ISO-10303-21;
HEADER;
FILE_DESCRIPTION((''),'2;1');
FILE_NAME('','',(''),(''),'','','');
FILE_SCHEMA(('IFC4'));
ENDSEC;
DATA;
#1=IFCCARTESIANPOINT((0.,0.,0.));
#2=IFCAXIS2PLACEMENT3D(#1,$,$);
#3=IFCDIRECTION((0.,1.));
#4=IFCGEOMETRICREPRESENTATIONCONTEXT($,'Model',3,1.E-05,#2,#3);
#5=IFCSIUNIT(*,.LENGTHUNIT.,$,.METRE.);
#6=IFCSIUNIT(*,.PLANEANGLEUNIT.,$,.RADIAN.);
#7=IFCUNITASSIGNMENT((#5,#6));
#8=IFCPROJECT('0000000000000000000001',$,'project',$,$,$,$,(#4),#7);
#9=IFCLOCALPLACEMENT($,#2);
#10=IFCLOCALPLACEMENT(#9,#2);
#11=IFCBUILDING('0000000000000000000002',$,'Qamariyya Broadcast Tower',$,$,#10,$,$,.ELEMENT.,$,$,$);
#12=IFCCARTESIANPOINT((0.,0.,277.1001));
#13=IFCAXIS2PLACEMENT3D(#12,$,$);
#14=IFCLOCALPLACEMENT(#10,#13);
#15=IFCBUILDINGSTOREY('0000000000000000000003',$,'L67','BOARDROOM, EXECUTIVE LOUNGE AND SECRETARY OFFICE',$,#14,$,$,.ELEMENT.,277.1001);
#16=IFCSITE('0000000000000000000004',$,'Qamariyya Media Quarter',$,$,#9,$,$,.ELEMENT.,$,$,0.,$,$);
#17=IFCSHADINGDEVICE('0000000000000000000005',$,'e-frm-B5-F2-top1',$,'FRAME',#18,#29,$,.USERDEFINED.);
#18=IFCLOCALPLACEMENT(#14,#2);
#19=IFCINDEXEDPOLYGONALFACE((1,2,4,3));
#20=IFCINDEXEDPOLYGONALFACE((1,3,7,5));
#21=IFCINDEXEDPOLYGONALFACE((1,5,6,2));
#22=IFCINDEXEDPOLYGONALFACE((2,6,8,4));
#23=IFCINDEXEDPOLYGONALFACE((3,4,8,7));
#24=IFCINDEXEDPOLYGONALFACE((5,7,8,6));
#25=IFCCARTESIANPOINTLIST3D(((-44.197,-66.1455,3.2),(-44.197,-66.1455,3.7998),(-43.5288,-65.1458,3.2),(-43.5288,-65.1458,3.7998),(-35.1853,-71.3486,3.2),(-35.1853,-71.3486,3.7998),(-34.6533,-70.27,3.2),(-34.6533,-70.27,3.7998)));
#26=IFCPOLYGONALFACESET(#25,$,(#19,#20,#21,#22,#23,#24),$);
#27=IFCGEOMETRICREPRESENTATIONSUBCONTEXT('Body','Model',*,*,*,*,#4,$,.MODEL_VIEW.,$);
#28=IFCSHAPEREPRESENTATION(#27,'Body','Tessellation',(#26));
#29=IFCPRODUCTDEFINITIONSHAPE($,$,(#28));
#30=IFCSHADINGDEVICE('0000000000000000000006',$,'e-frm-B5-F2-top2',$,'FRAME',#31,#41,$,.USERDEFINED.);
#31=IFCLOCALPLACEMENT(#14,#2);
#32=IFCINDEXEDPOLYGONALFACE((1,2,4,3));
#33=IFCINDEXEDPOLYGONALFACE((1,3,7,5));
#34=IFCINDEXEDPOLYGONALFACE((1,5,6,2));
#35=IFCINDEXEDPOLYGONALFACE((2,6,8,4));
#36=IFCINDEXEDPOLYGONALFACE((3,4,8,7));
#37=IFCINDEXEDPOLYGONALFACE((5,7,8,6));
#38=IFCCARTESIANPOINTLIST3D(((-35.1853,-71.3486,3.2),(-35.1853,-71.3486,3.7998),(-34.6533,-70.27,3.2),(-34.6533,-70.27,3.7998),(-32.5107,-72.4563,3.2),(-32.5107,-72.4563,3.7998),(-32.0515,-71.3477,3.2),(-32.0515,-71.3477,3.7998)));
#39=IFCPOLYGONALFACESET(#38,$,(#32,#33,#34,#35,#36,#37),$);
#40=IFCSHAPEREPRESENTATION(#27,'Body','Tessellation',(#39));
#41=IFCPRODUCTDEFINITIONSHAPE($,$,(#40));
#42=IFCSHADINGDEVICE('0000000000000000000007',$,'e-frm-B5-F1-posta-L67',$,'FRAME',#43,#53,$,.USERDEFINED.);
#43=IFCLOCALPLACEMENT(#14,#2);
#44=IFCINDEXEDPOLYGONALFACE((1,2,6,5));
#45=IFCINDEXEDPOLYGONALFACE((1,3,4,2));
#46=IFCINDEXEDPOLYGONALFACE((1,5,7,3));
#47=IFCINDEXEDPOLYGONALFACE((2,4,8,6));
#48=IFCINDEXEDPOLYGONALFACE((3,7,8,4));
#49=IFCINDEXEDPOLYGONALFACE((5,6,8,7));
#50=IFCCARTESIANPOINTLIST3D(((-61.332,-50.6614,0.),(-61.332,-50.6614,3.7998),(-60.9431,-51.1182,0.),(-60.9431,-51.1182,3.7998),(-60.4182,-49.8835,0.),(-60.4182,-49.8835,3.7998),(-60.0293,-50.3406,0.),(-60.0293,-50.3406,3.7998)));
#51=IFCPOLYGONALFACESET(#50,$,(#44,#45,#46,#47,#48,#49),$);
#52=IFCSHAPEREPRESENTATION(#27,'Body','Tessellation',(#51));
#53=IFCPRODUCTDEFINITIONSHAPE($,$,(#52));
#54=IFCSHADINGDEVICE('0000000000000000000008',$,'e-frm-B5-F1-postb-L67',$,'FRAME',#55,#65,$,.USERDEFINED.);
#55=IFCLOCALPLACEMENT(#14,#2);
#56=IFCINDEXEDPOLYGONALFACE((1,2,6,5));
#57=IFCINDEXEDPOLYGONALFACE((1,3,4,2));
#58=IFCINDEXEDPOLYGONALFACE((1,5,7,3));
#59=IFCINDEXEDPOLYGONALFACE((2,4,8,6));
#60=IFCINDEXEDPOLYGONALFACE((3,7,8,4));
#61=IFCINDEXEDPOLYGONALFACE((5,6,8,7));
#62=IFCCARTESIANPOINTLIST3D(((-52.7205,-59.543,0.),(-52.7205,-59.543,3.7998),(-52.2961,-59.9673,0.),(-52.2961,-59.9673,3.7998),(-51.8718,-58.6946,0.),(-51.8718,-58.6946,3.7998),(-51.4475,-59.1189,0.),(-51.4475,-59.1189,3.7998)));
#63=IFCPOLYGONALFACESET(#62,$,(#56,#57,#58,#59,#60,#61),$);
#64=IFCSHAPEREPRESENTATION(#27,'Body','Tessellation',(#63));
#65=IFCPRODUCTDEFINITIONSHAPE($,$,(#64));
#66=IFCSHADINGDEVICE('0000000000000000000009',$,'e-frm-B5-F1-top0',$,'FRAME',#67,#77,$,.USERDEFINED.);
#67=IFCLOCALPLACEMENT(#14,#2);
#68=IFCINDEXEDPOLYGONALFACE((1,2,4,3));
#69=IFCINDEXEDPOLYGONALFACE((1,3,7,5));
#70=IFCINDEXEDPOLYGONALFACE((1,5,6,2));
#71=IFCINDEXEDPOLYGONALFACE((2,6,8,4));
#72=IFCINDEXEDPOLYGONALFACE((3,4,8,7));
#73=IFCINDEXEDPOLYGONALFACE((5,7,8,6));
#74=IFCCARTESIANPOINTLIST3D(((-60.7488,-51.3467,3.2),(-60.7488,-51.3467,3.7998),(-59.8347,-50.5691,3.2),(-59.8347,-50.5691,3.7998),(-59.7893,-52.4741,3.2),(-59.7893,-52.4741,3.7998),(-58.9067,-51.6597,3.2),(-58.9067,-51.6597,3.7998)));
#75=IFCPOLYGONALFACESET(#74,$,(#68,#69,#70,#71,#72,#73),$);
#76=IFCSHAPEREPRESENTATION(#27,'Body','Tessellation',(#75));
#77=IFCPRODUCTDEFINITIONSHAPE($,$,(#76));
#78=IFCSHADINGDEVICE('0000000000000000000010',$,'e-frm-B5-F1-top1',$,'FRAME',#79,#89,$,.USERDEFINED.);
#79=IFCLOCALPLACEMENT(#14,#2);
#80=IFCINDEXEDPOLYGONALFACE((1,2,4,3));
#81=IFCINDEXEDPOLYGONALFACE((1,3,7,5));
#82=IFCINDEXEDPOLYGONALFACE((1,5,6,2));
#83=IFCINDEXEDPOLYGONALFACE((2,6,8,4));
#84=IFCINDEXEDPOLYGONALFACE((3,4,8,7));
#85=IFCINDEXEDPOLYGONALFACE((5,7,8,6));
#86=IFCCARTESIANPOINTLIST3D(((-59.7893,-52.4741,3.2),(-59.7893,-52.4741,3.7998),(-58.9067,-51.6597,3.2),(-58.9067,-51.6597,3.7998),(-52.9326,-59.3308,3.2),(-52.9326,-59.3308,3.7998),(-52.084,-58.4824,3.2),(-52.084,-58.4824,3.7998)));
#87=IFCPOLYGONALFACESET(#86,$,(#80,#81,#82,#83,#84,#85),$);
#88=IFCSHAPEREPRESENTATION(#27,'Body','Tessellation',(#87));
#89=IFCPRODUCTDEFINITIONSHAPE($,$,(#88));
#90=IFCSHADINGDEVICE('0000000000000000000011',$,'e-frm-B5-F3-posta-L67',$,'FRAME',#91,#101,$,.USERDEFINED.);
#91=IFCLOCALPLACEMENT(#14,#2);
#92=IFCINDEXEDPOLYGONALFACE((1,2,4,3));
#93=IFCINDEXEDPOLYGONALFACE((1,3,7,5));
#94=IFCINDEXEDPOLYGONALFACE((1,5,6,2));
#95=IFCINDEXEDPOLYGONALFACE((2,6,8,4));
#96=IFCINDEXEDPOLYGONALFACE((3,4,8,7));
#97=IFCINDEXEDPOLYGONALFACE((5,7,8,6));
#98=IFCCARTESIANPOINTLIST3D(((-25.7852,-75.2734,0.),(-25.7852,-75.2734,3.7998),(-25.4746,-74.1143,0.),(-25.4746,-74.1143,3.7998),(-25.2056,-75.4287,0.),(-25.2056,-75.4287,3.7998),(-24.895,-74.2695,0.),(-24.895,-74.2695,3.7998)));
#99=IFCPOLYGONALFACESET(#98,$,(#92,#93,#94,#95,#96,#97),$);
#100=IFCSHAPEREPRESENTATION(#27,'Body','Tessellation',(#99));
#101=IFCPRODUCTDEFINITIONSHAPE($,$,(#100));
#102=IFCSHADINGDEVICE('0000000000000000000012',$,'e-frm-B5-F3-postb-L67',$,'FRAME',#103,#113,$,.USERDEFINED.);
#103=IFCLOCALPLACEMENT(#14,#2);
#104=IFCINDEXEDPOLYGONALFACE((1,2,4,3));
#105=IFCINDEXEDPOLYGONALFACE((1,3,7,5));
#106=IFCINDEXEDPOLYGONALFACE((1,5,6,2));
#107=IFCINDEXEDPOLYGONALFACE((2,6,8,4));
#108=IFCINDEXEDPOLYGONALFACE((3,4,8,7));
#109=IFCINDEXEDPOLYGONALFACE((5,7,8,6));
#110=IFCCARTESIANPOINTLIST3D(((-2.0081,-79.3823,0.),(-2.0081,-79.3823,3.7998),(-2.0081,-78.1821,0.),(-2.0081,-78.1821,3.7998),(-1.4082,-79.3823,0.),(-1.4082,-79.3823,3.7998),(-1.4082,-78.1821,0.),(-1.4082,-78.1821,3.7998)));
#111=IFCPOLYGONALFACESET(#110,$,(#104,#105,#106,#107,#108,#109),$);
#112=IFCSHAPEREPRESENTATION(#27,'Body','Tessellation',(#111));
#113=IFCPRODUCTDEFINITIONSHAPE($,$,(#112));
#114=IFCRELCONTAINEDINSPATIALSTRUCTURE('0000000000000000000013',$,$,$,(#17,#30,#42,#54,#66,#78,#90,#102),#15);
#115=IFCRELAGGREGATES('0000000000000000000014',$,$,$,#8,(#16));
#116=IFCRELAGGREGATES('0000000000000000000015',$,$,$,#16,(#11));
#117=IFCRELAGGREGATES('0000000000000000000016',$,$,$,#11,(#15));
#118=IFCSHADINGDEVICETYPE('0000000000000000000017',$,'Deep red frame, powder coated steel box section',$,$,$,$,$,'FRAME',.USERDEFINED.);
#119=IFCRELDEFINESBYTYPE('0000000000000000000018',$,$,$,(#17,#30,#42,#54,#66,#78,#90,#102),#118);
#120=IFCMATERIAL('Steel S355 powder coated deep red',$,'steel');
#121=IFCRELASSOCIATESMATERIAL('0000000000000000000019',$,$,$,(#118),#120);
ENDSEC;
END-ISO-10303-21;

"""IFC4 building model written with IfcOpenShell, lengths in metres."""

from ifc_helpers import new_model, si_unit, direction, frame, origin, place, context, subcontext, project, spatial, polyline, outline, extrude, material, type_object, element, save


model = new_model("IFC4")

# Units and contexts
model_context = context("Model", 3, precision=1e-05, world=origin(), true_north=direction((0.0, 1.0)))
body_context = subcontext(model_context, "Body", "Model", "MODEL_VIEW")
ifc_project = project(units=[si_unit("LENGTHUNIT", "METRE"), si_unit("PLANEANGLEUNIT", "RADIAN")], contexts=[model_context])

# Site, building, storey
site_placement = place(None, origin())
building_placement = place(site_placement, origin())
storey_placement = place(building_placement, frame((0.0, 0.0, 277.1001)))
site = spatial("IfcSite", under=ifc_project, at=site_placement, Name="Qamariyya Media Quarter", CompositionType="ELEMENT", RefElevation=0.0)
building = spatial("IfcBuilding", under=site, at=building_placement, Name="Qamariyya Broadcast Tower", CompositionType="ELEMENT")
storey = spatial("IfcBuildingStorey", under=building, at=storey_placement, Name="L67", Description="BOARDROOM, EXECUTIVE LOUNGE AND SECRETARY OFFICE", CompositionType="ELEMENT", Elevation=277.1001)

# Shading devices
ifc_material_1 = material(Name="Steel S355 powder coated deep red", Category="steel")
shading_device_type = type_object("IfcShadingDeviceType", Name="Deep red frame, powder coated steel box section", ElementType="FRAME", PredefinedType="USERDEFINED", material=ifc_material_1)
shading_device_1_placement = place(storey_placement, frame((0.0, 0.0, 3.2)))
element("IfcShadingDevice", 1, at=shading_device_1_placement, inside=storey, type_object=shading_device_type, Name="e-frm-B5-F2-top1", ObjectType="FRAME", PredefinedType="USERDEFINED", context=body_context, shape_type="SweptSolid", body=[
    extrude(outline(polyline([(-43.5288, -65.1458), (-44.197, -66.1455), (-35.1853, -71.3486), (-34.6533, -70.27), (-43.5288, -65.1458)])), origin(), (0.0, 0.0, 1.0), 0.5999),
])
shading_device_2_placement = place(storey_placement, frame((0.0, 0.0, 3.2)))
element("IfcShadingDevice", 2, at=shading_device_2_placement, inside=storey, type_object=shading_device_type, Name="e-frm-B5-F2-top2", ObjectType="FRAME", PredefinedType="USERDEFINED", context=body_context, shape_type="SweptSolid", body=[
    extrude(outline(polyline([(-34.6533, -70.27), (-35.1853, -71.3486), (-32.5107, -72.4563), (-32.0515, -71.3477), (-34.6533, -70.27)])), origin(), (0.0, 0.0, 1.0), 0.5999),
])
shading_device_3_placement = place(storey_placement, origin())
element("IfcShadingDevice", 3, at=shading_device_3_placement, inside=storey, type_object=shading_device_type, Name="e-frm-B5-F1-posta-L67", ObjectType="FRAME", PredefinedType="USERDEFINED", context=body_context, shape_type="SweptSolid", body=[
    extrude(outline(polyline([(-60.4182, -49.8835), (-61.332, -50.6614), (-60.9431, -51.1182), (-60.0293, -50.3406), (-60.4182, -49.8835)])), origin(), (0.0, 0.0, 1.0), 3.7998),
])
shading_device_4_placement = place(storey_placement, origin())
element("IfcShadingDevice", 4, at=shading_device_4_placement, inside=storey, type_object=shading_device_type, Name="e-frm-B5-F1-postb-L67", ObjectType="FRAME", PredefinedType="USERDEFINED", context=body_context, shape_type="SweptSolid", body=[
    extrude(outline(polyline([(-51.8718, -58.6946), (-52.7205, -59.543), (-52.2961, -59.9673), (-51.4475, -59.1189), (-51.8718, -58.6946)])), origin(), (0.0, 0.0, 1.0), 3.7998),
])
shading_device_5_placement = place(storey_placement, frame((0.0, 0.0, 3.2)))
element("IfcShadingDevice", 5, at=shading_device_5_placement, inside=storey, type_object=shading_device_type, Name="e-frm-B5-F1-top0", ObjectType="FRAME", PredefinedType="USERDEFINED", context=body_context, shape_type="SweptSolid", body=[
    extrude(outline(polyline([(-59.8347, -50.5691), (-60.7488, -51.3467), (-59.7893, -52.4741), (-58.9067, -51.6597), (-59.8347, -50.5691)])), origin(), (0.0, 0.0, 1.0), 0.5999),
])
shading_device_6_placement = place(storey_placement, frame((0.0, 0.0, 3.2)))
element("IfcShadingDevice", 6, at=shading_device_6_placement, inside=storey, type_object=shading_device_type, Name="e-frm-B5-F1-top1", ObjectType="FRAME", PredefinedType="USERDEFINED", context=body_context, shape_type="SweptSolid", body=[
    extrude(outline(polyline([(-58.9067, -51.6597), (-59.7893, -52.4741), (-52.9326, -59.3308), (-52.084, -58.4824), (-58.9067, -51.6597)])), origin(), (0.0, 0.0, 1.0), 0.5999),
])
shading_device_7_placement = place(storey_placement, origin())
element("IfcShadingDevice", 7, at=shading_device_7_placement, inside=storey, type_object=shading_device_type, Name="e-frm-B5-F3-posta-L67", ObjectType="FRAME", PredefinedType="USERDEFINED", context=body_context, shape_type="SweptSolid", body=[
    extrude(outline(polyline([(-25.4746, -74.1143), (-25.7852, -75.2734), (-25.2056, -75.4287), (-24.895, -74.2695), (-25.4746, -74.1143)])), origin(), (0.0, 0.0, 1.0), 3.7998),
])
shading_device_8_placement = place(storey_placement, origin())
element("IfcShadingDevice", 8, at=shading_device_8_placement, inside=storey, type_object=shading_device_type, Name="e-frm-B5-F3-postb-L67", ObjectType="FRAME", PredefinedType="USERDEFINED", context=body_context, shape_type="SweptSolid", body=[
    extrude(outline(polyline([(-2.0081, -78.1821), (-2.0081, -79.3823), (-1.4082, -79.3823), (-1.4082, -78.1821), (-2.0081, -78.1821)])), origin(), (0.0, 0.0, 1.0), 3.7998),
])

save(model, "model.ifc")
